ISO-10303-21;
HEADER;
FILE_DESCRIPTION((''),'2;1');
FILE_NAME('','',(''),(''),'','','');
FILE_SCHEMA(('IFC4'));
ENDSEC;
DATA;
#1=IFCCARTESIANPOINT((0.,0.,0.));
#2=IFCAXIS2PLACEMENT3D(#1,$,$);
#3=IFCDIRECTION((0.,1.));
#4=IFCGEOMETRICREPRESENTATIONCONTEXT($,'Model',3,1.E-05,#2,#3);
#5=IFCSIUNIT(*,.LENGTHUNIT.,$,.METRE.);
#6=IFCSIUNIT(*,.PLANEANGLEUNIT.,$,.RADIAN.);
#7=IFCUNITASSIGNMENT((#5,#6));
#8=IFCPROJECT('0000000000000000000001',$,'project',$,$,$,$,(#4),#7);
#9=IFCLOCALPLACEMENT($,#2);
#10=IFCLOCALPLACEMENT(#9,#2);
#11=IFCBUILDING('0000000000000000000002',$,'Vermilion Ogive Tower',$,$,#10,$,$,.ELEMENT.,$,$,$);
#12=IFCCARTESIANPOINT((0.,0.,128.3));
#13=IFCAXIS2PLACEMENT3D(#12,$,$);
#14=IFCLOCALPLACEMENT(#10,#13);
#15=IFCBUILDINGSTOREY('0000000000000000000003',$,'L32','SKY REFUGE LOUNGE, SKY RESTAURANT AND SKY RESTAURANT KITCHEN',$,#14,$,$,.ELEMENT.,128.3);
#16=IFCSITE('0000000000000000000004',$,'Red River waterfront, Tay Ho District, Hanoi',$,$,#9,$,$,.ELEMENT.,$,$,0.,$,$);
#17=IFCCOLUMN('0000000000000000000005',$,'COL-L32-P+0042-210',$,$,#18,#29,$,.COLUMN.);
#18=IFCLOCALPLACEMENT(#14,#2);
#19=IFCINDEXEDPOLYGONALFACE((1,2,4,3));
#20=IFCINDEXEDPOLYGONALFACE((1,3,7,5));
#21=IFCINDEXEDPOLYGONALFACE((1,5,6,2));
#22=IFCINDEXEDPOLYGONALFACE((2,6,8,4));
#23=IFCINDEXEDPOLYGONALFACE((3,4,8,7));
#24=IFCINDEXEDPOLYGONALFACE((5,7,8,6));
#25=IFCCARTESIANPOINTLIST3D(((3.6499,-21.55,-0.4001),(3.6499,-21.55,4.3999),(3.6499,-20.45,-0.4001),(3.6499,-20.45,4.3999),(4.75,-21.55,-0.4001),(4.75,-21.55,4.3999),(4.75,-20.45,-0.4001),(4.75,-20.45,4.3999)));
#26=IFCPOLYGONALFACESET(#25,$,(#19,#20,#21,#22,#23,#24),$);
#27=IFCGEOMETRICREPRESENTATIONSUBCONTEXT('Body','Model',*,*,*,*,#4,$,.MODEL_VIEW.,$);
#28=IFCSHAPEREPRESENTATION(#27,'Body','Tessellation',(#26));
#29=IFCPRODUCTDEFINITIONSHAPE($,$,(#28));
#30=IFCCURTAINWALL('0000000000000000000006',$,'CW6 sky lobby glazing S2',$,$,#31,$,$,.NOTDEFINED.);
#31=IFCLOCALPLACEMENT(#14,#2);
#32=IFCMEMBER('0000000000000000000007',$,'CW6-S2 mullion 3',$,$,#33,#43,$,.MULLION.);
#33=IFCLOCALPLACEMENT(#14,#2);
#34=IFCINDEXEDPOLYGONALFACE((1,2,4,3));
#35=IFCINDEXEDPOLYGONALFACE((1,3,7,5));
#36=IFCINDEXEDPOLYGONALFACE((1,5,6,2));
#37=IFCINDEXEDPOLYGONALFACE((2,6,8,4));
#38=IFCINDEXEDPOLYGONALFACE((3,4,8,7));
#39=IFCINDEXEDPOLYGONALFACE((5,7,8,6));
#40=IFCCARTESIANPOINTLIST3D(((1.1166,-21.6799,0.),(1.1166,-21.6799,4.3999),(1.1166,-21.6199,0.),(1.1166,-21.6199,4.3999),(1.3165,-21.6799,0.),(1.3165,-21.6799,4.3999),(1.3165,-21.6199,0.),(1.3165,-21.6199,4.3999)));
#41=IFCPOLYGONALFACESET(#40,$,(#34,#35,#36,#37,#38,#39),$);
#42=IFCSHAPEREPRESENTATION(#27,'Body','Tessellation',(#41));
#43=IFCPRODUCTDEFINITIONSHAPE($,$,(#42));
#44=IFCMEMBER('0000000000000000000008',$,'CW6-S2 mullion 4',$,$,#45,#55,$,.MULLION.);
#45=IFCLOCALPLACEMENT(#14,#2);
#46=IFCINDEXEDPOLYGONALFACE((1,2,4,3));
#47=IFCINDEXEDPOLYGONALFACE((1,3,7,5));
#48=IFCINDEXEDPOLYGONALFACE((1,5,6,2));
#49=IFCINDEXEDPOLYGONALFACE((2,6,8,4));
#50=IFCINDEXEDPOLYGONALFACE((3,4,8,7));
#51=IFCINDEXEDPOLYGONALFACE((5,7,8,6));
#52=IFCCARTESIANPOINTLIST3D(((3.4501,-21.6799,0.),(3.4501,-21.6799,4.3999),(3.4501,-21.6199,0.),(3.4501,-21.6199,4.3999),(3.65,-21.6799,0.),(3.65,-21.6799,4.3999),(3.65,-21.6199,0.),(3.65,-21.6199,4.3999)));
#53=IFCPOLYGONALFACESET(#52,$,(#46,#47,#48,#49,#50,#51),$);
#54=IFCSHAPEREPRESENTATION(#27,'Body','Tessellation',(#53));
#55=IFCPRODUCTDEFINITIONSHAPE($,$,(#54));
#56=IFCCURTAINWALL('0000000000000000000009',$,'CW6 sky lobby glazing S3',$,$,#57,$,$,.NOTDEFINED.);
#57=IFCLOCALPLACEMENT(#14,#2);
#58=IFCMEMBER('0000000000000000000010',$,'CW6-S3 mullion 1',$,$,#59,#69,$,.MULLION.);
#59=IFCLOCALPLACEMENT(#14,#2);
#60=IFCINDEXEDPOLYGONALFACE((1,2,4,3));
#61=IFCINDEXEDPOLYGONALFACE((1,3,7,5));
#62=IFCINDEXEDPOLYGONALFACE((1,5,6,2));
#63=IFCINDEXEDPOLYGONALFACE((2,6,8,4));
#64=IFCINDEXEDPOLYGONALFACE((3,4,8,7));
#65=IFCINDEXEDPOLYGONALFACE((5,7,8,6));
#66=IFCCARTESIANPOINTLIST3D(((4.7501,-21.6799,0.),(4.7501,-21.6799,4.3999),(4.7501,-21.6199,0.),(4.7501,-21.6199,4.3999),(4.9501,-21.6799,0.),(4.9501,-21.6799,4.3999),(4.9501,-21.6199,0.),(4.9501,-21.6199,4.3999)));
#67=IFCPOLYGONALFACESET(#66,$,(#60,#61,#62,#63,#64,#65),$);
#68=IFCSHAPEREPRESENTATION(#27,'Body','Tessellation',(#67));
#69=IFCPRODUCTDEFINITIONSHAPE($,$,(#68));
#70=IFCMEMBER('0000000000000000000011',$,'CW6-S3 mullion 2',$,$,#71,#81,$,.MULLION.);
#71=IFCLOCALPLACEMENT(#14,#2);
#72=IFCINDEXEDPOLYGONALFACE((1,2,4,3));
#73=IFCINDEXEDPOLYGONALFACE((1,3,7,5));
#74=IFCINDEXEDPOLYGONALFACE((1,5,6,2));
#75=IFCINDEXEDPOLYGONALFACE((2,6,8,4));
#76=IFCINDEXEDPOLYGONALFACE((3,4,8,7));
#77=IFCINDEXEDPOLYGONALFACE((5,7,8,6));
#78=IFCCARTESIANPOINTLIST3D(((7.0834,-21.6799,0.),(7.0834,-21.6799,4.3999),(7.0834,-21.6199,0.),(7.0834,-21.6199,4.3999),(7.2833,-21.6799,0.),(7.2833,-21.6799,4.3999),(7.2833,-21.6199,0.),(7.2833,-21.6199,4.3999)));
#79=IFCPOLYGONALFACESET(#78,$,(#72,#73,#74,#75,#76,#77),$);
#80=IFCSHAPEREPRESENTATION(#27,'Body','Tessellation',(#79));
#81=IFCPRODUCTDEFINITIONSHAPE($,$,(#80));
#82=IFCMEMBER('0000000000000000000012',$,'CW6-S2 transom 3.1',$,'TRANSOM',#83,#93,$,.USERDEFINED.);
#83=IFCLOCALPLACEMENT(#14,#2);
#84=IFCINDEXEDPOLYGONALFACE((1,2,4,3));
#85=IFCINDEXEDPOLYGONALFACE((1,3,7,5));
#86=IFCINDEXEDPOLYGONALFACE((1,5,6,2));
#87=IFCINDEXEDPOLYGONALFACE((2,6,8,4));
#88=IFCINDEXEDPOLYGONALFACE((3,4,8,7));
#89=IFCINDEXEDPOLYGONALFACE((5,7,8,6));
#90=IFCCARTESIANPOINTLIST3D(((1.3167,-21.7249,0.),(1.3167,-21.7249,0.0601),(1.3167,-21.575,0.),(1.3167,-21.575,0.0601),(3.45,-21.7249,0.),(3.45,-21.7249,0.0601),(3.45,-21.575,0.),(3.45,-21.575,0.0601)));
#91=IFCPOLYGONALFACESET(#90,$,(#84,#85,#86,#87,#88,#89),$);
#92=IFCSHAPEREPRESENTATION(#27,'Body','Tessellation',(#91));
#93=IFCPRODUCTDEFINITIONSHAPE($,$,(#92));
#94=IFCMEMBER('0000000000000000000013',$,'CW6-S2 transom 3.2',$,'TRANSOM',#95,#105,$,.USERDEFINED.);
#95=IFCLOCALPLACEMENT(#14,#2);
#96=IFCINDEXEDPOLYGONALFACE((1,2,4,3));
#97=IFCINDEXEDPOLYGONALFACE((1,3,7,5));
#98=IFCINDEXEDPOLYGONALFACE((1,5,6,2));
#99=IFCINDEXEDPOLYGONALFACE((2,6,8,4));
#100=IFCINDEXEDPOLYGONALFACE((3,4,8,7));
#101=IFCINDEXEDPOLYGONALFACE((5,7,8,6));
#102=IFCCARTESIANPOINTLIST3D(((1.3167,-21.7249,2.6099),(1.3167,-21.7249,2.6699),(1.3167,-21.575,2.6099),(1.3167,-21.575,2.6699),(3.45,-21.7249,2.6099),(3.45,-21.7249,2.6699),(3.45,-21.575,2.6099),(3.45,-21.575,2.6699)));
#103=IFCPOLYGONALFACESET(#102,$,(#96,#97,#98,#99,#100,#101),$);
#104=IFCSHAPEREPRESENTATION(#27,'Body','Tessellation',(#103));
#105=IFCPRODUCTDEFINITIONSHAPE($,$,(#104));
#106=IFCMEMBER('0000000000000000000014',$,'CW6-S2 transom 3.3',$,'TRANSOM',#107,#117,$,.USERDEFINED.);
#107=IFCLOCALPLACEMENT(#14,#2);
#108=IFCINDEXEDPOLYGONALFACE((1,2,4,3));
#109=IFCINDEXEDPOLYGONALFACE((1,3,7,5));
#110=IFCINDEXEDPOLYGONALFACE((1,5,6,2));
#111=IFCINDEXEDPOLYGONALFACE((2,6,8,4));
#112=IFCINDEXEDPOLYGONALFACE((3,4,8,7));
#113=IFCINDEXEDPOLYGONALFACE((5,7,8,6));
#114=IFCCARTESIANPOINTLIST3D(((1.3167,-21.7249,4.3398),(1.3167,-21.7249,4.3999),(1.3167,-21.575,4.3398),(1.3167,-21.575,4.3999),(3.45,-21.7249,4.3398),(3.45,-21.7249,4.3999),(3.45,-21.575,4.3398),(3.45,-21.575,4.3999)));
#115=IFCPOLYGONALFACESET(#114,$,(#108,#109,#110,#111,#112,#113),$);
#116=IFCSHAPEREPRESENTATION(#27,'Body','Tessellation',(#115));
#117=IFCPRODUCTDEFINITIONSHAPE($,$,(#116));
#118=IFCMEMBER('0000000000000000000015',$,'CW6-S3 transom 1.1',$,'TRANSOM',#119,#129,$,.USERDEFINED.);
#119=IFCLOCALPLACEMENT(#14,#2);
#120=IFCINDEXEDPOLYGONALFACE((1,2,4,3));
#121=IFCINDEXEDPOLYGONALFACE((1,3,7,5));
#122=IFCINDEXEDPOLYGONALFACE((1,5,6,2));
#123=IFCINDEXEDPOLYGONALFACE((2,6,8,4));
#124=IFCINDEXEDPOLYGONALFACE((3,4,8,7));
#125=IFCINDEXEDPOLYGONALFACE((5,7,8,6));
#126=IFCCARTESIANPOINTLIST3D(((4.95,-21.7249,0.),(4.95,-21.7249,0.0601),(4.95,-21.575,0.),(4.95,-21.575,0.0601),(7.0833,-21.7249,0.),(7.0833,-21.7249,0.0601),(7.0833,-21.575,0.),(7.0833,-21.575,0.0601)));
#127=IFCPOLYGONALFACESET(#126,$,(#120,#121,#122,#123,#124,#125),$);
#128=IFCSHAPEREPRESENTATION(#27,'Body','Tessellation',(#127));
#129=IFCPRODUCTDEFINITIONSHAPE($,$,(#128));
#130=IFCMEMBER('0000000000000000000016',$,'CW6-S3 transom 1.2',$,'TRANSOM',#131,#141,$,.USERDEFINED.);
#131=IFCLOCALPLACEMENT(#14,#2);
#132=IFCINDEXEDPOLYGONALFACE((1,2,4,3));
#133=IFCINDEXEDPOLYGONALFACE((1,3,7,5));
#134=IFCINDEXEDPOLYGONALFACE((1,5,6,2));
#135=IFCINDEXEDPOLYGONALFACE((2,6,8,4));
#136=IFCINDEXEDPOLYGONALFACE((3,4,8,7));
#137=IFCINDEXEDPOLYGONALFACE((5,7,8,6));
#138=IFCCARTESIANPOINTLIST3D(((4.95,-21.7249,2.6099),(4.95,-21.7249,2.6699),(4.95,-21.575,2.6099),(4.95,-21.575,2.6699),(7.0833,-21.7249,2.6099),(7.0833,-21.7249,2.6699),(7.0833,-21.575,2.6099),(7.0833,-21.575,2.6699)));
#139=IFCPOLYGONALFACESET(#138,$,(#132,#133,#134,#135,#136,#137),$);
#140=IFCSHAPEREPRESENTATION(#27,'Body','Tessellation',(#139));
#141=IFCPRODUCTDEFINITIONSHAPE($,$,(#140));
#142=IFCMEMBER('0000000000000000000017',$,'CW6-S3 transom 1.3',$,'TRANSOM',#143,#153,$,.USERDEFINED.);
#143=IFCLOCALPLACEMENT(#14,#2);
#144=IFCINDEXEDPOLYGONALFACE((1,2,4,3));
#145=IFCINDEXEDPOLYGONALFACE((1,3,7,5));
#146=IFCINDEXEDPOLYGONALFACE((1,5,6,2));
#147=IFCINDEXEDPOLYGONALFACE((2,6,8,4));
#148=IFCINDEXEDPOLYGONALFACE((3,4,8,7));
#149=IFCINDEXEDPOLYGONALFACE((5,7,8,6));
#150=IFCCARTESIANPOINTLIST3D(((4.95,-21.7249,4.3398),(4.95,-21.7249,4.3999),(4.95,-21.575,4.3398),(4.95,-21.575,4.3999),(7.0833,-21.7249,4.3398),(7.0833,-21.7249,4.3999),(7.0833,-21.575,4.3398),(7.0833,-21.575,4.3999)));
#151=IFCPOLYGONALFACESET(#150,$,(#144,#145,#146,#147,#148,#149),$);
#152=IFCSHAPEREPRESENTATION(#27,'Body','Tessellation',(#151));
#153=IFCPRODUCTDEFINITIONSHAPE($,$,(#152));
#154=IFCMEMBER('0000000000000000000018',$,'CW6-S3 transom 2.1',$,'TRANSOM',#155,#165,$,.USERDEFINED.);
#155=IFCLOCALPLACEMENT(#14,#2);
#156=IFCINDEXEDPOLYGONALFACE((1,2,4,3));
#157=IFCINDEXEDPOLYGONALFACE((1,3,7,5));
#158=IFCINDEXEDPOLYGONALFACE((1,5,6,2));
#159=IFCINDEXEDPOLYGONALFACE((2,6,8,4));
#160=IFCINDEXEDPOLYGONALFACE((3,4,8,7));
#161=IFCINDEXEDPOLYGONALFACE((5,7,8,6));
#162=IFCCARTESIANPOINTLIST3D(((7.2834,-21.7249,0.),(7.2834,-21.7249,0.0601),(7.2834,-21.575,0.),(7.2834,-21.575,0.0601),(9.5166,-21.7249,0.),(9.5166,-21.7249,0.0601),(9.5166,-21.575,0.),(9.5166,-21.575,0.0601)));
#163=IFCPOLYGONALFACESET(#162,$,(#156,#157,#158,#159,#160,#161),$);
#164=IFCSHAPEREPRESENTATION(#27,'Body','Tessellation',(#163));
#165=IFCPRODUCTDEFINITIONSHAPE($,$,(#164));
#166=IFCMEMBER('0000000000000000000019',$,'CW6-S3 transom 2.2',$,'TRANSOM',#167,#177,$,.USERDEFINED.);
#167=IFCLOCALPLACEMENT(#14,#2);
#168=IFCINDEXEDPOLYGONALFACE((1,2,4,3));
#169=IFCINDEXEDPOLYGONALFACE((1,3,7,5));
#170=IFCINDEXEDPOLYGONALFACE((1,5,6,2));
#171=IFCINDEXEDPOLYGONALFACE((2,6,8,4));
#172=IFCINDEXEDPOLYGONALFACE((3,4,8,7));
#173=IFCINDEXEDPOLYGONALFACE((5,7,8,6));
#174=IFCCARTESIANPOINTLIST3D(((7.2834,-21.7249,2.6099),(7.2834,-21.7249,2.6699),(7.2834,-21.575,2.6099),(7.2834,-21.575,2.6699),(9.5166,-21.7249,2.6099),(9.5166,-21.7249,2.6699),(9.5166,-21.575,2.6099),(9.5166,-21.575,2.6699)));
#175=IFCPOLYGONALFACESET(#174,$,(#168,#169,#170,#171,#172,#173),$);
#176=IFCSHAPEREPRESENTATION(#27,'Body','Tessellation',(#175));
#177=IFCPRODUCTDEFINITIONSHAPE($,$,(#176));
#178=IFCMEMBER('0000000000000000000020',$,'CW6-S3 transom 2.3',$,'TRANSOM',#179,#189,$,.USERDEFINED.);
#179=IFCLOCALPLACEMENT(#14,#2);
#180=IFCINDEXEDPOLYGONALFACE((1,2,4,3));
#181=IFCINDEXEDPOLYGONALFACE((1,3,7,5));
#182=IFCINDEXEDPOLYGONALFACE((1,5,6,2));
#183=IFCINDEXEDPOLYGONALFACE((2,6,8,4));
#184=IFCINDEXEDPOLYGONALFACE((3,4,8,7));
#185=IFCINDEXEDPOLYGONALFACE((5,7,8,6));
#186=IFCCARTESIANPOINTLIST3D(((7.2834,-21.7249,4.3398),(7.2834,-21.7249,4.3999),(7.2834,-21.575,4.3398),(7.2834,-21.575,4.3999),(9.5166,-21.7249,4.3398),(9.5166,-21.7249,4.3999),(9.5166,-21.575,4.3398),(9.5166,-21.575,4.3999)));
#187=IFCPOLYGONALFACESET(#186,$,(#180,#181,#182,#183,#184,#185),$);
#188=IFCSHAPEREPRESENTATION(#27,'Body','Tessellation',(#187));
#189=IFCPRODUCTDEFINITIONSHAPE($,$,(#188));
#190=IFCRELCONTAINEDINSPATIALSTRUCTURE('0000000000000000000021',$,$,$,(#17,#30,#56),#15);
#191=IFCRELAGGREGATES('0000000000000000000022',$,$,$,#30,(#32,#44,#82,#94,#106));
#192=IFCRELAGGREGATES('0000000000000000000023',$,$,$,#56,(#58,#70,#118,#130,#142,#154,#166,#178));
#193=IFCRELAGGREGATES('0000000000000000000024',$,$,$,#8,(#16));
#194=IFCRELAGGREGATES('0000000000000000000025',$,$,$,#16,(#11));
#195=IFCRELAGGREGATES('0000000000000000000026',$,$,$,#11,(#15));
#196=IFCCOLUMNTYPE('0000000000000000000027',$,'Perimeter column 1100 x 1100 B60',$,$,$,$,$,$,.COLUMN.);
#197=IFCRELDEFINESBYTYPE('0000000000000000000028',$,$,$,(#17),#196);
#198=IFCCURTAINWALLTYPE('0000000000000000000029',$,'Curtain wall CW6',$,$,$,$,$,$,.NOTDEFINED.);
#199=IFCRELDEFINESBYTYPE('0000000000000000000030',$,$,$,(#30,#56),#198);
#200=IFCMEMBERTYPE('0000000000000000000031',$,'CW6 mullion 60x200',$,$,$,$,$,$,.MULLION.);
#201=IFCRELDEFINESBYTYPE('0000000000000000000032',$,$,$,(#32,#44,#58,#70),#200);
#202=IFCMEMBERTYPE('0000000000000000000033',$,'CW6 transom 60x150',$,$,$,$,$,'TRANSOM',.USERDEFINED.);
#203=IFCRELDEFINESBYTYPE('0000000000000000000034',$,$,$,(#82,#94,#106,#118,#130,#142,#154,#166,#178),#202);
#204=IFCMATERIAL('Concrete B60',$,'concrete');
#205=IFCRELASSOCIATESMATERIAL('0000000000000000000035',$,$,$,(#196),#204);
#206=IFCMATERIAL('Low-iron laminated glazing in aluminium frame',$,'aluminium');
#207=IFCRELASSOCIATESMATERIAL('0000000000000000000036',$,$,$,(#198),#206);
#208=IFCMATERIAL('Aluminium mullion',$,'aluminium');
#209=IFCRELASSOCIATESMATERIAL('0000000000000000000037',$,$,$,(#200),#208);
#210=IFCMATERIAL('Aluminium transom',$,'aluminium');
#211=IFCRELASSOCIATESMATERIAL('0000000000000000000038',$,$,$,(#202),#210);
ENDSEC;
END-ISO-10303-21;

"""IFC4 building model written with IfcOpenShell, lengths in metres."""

from ifc_helpers import new_model, si_unit, direction, frame, origin, origin_2d, place, context, subcontext, project, spatial, rectangle, extrude, material, material_profile, profile_set, type_object, element, aggregate, save


model = new_model("IFC4")

# Units and contexts
model_context = context("Model", 3, precision=1e-05, world=origin(), true_north=direction((0.0, 1.0)))
body_context = subcontext(model_context, "Body", "Model", "MODEL_VIEW")
ifc_project = project(units=[si_unit("LENGTHUNIT", "METRE"), si_unit("PLANEANGLEUNIT", "RADIAN")], contexts=[model_context])

# Site, building, storey
site_placement = place(None, origin())
site = spatial("IfcSite", under=ifc_project, at=site_placement, Name="Red River waterfront, Tay Ho District, Hanoi", CompositionType="ELEMENT", RefElevation=0.0)
building_placement = place(site_placement, origin())
building = spatial("IfcBuilding", under=site, at=building_placement, Name="Vermilion Ogive Tower", CompositionType="ELEMENT")
storey_placement = place(building_placement, frame((0.0, 0.0, 128.3)))
storey = spatial("IfcBuildingStorey", under=building, at=storey_placement, Name="L32", Description="SKY REFUGE LOUNGE, SKY RESTAURANT AND SKY RESTAURANT KITCHEN", CompositionType="ELEMENT", Elevation=128.3)

# Column
ifc_material_1 = material(Name="Concrete B60", Category="concrete")
ifc_material_profile_1 = material_profile(ifc_material_1, rectangle(XDim=1.1001, YDim=1.1001, at=origin_2d()), Name="1100 x 1100")
ifc_profile_set_1 = profile_set([ifc_material_profile_1], Name="Concrete B60")
column_type = type_object("IfcColumnType", Name="Perimeter column 1100 x 1100 B60", PredefinedType="COLUMN", material=ifc_profile_set_1)
column_placement = place(storey_placement, frame((4.2, -21.0, -0.4001), z_axis=(0.0, 0.0, 1.0), x_axis=(1.0, 0.0, 0.0)))
element("IfcColumn", 1, at=column_placement, inside=storey, type_object=column_type, Name="COL-L32-P+0042-210", PredefinedType="COLUMN", context=body_context, shape_type="SweptSolid", body=[
    extrude(rectangle(XDim=1.1001, YDim=1.1001, at=origin_2d()), origin(), (0.0, 0.0, 1.0), 4.8),
])

# Curtain walls, members
ifc_material_2 = material(Name="Low-iron laminated glazing in aluminium frame", Category="aluminium")
curtain_wall_type = type_object("IfcCurtainWallType", Name="Curtain wall CW6", PredefinedType="NOTDEFINED", material=ifc_material_2)
curtain_wall_1_placement = place(storey_placement, origin())
curtain_wall_1 = element("IfcCurtainWall", 2, at=curtain_wall_1_placement, inside=storey, type_object=curtain_wall_type, Name="CW6 sky lobby glazing S2", PredefinedType="NOTDEFINED")
ifc_material_3 = material(Name="Aluminium mullion", Category="aluminium")
ifc_material_profile_2 = material_profile(ifc_material_3, rectangle(XDim=0.0601, YDim=0.2, at=origin_2d()), Name="AL 60x200")
ifc_profile_set_2 = profile_set([ifc_material_profile_2], Name="Aluminium mullion")
member_type_1 = type_object("IfcMemberType", Name="CW6 mullion 60x200", PredefinedType="MULLION", material=ifc_profile_set_2)
member_1_placement = place(storey_placement, frame((1.2166, -21.6499, 0.0), z_axis=(0.0, 0.0, 1.0), x_axis=(0.0, 1.0, 0.0)))
member_1 = element("IfcMember", 3, at=member_1_placement, type_object=member_type_1, Name="CW6-S2 mullion 3", PredefinedType="MULLION", context=body_context, shape_type="SweptSolid", body=[
    extrude(rectangle(XDim=0.0601, YDim=0.2, at=origin_2d()), origin(), (0.0, 0.0, 1.0), 4.3999),
])
member_2_placement = place(storey_placement, frame((3.55, -21.6499, 0.0), z_axis=(0.0, 0.0, 1.0), x_axis=(0.0, 1.0, 0.0)))
member_2 = element("IfcMember", 4, at=member_2_placement, type_object=member_type_1, Name="CW6-S2 mullion 4", PredefinedType="MULLION", context=body_context, shape_type="SweptSolid", body=[
    extrude(rectangle(XDim=0.0601, YDim=0.2, at=origin_2d()), origin(), (0.0, 0.0, 1.0), 4.3999),
])
curtain_wall_2_placement = place(storey_placement, origin())
curtain_wall_2 = element("IfcCurtainWall", 5, at=curtain_wall_2_placement, inside=storey, type_object=curtain_wall_type, Name="CW6 sky lobby glazing S3", PredefinedType="NOTDEFINED")
member_3_placement = place(storey_placement, frame((4.8501, -21.6499, 0.0), z_axis=(0.0, 0.0, 1.0), x_axis=(0.0, 1.0, 0.0)))
member_3 = element("IfcMember", 6, at=member_3_placement, type_object=member_type_1, Name="CW6-S3 mullion 1", PredefinedType="MULLION", context=body_context, shape_type="SweptSolid", body=[
    extrude(rectangle(XDim=0.0601, YDim=0.2, at=origin_2d()), origin(), (0.0, 0.0, 1.0), 4.3999),
])
member_4_placement = place(storey_placement, frame((7.1833, -21.6499, 0.0), z_axis=(0.0, 0.0, 1.0), x_axis=(0.0, 1.0, 0.0)))
member_4 = element("IfcMember", 7, at=member_4_placement, type_object=member_type_1, Name="CW6-S3 mullion 2", PredefinedType="MULLION", context=body_context, shape_type="SweptSolid", body=[
    extrude(rectangle(XDim=0.0601, YDim=0.2, at=origin_2d()), origin(), (0.0, 0.0, 1.0), 4.3999),
])

# Members
ifc_material_4 = material(Name="Aluminium transom", Category="aluminium")
ifc_material_profile_3 = material_profile(ifc_material_4, rectangle(XDim=0.1499, YDim=0.0601, at=origin_2d()), Name="AL 60x150")
ifc_profile_set_3 = profile_set([ifc_material_profile_3], Name="Aluminium transom")
member_type_2 = type_object("IfcMemberType", Name="CW6 transom 60x150", ElementType="TRANSOM", PredefinedType="USERDEFINED", material=ifc_profile_set_3)
member_5_placement = place(storey_placement, frame((1.3167, -21.6499, 0.03), z_axis=(1.0, 0.0, 0.0), x_axis=(0.0, 1.0, 0.0)))
member_5 = element("IfcMember", 8, at=member_5_placement, type_object=member_type_2, Name="CW6-S2 transom 3.1", ObjectType="TRANSOM", PredefinedType="USERDEFINED", context=body_context, shape_type="SweptSolid", body=[
    extrude(rectangle(XDim=0.1499, YDim=0.0601, at=origin_2d()), origin(), (0.0, 0.0, 1.0), 2.1333),
])
member_6_placement = place(storey_placement, frame((1.3167, -21.6499, 2.6399), z_axis=(1.0, 0.0, 0.0), x_axis=(0.0, 1.0, 0.0)))
member_6 = element("IfcMember", 9, at=member_6_placement, type_object=member_type_2, Name="CW6-S2 transom 3.2", ObjectType="TRANSOM", PredefinedType="USERDEFINED", context=body_context, shape_type="SweptSolid", body=[
    extrude(rectangle(XDim=0.1499, YDim=0.0601, at=origin_2d()), origin(), (0.0, 0.0, 1.0), 2.1333),
])
member_7_placement = place(storey_placement, frame((1.3167, -21.6499, 4.3699), z_axis=(1.0, 0.0, 0.0), x_axis=(0.0, 1.0, 0.0)))
member_7 = element("IfcMember", 10, at=member_7_placement, type_object=member_type_2, Name="CW6-S2 transom 3.3", ObjectType="TRANSOM", PredefinedType="USERDEFINED", context=body_context, shape_type="SweptSolid", body=[
    extrude(rectangle(XDim=0.1499, YDim=0.0601, at=origin_2d()), origin(), (0.0, 0.0, 1.0), 2.1333),
])
member_8_placement = place(storey_placement, frame((4.95, -21.6499, 0.03), z_axis=(1.0, 0.0, 0.0), x_axis=(0.0, 1.0, 0.0)))
member_8 = element("IfcMember", 11, at=member_8_placement, type_object=member_type_2, Name="CW6-S3 transom 1.1", ObjectType="TRANSOM", PredefinedType="USERDEFINED", context=body_context, shape_type="SweptSolid", body=[
    extrude(rectangle(XDim=0.1499, YDim=0.0601, at=origin_2d()), origin(), (0.0, 0.0, 1.0), 2.1333),
])
member_9_placement = place(storey_placement, frame((4.95, -21.6499, 2.6399), z_axis=(1.0, 0.0, 0.0), x_axis=(0.0, 1.0, 0.0)))
member_9 = element("IfcMember", 12, at=member_9_placement, type_object=member_type_2, Name="CW6-S3 transom 1.2", ObjectType="TRANSOM", PredefinedType="USERDEFINED", context=body_context, shape_type="SweptSolid", body=[
    extrude(rectangle(XDim=0.1499, YDim=0.0601, at=origin_2d()), origin(), (0.0, 0.0, 1.0), 2.1333),
])
member_10_placement = place(storey_placement, frame((4.95, -21.6499, 4.3699), z_axis=(1.0, 0.0, 0.0), x_axis=(0.0, 1.0, 0.0)))
member_10 = element("IfcMember", 13, at=member_10_placement, type_object=member_type_2, Name="CW6-S3 transom 1.3", ObjectType="TRANSOM", PredefinedType="USERDEFINED", context=body_context, shape_type="SweptSolid", body=[
    extrude(rectangle(XDim=0.1499, YDim=0.0601, at=origin_2d()), origin(), (0.0, 0.0, 1.0), 2.1333),
])
member_11_placement = place(storey_placement, frame((7.2834, -21.6499, 0.03), z_axis=(1.0, 0.0, 0.0), x_axis=(0.0, 1.0, 0.0)))
member_11 = element("IfcMember", 14, at=member_11_placement, type_object=member_type_2, Name="CW6-S3 transom 2.1", ObjectType="TRANSOM", PredefinedType="USERDEFINED", context=body_context, shape_type="SweptSolid", body=[
    extrude(rectangle(XDim=0.1499, YDim=0.0601, at=origin_2d()), origin(), (0.0, 0.0, 1.0), 2.2332),
])
member_12_placement = place(storey_placement, frame((7.2834, -21.6499, 2.6399), z_axis=(1.0, 0.0, 0.0), x_axis=(0.0, 1.0, 0.0)))
member_12 = element("IfcMember", 15, at=member_12_placement, type_object=member_type_2, Name="CW6-S3 transom 2.2", ObjectType="TRANSOM", PredefinedType="USERDEFINED", context=body_context, shape_type="SweptSolid", body=[
    extrude(rectangle(XDim=0.1499, YDim=0.0601, at=origin_2d()), origin(), (0.0, 0.0, 1.0), 2.2332),
])
member_13_placement = place(storey_placement, frame((7.2834, -21.6499, 4.3699), z_axis=(1.0, 0.0, 0.0), x_axis=(0.0, 1.0, 0.0)))
member_13 = element("IfcMember", 16, at=member_13_placement, type_object=member_type_2, Name="CW6-S3 transom 2.3", ObjectType="TRANSOM", PredefinedType="USERDEFINED", context=body_context, shape_type="SweptSolid", body=[
    extrude(rectangle(XDim=0.1499, YDim=0.0601, at=origin_2d()), origin(), (0.0, 0.0, 1.0), 2.2332),
])

aggregate(curtain_wall_1, [member_1, member_2, member_5, member_6, member_7])
aggregate(curtain_wall_2, [member_3, member_4, member_8, member_9, member_10, member_11, member_12, member_13])

save(model, "model.ifc")
